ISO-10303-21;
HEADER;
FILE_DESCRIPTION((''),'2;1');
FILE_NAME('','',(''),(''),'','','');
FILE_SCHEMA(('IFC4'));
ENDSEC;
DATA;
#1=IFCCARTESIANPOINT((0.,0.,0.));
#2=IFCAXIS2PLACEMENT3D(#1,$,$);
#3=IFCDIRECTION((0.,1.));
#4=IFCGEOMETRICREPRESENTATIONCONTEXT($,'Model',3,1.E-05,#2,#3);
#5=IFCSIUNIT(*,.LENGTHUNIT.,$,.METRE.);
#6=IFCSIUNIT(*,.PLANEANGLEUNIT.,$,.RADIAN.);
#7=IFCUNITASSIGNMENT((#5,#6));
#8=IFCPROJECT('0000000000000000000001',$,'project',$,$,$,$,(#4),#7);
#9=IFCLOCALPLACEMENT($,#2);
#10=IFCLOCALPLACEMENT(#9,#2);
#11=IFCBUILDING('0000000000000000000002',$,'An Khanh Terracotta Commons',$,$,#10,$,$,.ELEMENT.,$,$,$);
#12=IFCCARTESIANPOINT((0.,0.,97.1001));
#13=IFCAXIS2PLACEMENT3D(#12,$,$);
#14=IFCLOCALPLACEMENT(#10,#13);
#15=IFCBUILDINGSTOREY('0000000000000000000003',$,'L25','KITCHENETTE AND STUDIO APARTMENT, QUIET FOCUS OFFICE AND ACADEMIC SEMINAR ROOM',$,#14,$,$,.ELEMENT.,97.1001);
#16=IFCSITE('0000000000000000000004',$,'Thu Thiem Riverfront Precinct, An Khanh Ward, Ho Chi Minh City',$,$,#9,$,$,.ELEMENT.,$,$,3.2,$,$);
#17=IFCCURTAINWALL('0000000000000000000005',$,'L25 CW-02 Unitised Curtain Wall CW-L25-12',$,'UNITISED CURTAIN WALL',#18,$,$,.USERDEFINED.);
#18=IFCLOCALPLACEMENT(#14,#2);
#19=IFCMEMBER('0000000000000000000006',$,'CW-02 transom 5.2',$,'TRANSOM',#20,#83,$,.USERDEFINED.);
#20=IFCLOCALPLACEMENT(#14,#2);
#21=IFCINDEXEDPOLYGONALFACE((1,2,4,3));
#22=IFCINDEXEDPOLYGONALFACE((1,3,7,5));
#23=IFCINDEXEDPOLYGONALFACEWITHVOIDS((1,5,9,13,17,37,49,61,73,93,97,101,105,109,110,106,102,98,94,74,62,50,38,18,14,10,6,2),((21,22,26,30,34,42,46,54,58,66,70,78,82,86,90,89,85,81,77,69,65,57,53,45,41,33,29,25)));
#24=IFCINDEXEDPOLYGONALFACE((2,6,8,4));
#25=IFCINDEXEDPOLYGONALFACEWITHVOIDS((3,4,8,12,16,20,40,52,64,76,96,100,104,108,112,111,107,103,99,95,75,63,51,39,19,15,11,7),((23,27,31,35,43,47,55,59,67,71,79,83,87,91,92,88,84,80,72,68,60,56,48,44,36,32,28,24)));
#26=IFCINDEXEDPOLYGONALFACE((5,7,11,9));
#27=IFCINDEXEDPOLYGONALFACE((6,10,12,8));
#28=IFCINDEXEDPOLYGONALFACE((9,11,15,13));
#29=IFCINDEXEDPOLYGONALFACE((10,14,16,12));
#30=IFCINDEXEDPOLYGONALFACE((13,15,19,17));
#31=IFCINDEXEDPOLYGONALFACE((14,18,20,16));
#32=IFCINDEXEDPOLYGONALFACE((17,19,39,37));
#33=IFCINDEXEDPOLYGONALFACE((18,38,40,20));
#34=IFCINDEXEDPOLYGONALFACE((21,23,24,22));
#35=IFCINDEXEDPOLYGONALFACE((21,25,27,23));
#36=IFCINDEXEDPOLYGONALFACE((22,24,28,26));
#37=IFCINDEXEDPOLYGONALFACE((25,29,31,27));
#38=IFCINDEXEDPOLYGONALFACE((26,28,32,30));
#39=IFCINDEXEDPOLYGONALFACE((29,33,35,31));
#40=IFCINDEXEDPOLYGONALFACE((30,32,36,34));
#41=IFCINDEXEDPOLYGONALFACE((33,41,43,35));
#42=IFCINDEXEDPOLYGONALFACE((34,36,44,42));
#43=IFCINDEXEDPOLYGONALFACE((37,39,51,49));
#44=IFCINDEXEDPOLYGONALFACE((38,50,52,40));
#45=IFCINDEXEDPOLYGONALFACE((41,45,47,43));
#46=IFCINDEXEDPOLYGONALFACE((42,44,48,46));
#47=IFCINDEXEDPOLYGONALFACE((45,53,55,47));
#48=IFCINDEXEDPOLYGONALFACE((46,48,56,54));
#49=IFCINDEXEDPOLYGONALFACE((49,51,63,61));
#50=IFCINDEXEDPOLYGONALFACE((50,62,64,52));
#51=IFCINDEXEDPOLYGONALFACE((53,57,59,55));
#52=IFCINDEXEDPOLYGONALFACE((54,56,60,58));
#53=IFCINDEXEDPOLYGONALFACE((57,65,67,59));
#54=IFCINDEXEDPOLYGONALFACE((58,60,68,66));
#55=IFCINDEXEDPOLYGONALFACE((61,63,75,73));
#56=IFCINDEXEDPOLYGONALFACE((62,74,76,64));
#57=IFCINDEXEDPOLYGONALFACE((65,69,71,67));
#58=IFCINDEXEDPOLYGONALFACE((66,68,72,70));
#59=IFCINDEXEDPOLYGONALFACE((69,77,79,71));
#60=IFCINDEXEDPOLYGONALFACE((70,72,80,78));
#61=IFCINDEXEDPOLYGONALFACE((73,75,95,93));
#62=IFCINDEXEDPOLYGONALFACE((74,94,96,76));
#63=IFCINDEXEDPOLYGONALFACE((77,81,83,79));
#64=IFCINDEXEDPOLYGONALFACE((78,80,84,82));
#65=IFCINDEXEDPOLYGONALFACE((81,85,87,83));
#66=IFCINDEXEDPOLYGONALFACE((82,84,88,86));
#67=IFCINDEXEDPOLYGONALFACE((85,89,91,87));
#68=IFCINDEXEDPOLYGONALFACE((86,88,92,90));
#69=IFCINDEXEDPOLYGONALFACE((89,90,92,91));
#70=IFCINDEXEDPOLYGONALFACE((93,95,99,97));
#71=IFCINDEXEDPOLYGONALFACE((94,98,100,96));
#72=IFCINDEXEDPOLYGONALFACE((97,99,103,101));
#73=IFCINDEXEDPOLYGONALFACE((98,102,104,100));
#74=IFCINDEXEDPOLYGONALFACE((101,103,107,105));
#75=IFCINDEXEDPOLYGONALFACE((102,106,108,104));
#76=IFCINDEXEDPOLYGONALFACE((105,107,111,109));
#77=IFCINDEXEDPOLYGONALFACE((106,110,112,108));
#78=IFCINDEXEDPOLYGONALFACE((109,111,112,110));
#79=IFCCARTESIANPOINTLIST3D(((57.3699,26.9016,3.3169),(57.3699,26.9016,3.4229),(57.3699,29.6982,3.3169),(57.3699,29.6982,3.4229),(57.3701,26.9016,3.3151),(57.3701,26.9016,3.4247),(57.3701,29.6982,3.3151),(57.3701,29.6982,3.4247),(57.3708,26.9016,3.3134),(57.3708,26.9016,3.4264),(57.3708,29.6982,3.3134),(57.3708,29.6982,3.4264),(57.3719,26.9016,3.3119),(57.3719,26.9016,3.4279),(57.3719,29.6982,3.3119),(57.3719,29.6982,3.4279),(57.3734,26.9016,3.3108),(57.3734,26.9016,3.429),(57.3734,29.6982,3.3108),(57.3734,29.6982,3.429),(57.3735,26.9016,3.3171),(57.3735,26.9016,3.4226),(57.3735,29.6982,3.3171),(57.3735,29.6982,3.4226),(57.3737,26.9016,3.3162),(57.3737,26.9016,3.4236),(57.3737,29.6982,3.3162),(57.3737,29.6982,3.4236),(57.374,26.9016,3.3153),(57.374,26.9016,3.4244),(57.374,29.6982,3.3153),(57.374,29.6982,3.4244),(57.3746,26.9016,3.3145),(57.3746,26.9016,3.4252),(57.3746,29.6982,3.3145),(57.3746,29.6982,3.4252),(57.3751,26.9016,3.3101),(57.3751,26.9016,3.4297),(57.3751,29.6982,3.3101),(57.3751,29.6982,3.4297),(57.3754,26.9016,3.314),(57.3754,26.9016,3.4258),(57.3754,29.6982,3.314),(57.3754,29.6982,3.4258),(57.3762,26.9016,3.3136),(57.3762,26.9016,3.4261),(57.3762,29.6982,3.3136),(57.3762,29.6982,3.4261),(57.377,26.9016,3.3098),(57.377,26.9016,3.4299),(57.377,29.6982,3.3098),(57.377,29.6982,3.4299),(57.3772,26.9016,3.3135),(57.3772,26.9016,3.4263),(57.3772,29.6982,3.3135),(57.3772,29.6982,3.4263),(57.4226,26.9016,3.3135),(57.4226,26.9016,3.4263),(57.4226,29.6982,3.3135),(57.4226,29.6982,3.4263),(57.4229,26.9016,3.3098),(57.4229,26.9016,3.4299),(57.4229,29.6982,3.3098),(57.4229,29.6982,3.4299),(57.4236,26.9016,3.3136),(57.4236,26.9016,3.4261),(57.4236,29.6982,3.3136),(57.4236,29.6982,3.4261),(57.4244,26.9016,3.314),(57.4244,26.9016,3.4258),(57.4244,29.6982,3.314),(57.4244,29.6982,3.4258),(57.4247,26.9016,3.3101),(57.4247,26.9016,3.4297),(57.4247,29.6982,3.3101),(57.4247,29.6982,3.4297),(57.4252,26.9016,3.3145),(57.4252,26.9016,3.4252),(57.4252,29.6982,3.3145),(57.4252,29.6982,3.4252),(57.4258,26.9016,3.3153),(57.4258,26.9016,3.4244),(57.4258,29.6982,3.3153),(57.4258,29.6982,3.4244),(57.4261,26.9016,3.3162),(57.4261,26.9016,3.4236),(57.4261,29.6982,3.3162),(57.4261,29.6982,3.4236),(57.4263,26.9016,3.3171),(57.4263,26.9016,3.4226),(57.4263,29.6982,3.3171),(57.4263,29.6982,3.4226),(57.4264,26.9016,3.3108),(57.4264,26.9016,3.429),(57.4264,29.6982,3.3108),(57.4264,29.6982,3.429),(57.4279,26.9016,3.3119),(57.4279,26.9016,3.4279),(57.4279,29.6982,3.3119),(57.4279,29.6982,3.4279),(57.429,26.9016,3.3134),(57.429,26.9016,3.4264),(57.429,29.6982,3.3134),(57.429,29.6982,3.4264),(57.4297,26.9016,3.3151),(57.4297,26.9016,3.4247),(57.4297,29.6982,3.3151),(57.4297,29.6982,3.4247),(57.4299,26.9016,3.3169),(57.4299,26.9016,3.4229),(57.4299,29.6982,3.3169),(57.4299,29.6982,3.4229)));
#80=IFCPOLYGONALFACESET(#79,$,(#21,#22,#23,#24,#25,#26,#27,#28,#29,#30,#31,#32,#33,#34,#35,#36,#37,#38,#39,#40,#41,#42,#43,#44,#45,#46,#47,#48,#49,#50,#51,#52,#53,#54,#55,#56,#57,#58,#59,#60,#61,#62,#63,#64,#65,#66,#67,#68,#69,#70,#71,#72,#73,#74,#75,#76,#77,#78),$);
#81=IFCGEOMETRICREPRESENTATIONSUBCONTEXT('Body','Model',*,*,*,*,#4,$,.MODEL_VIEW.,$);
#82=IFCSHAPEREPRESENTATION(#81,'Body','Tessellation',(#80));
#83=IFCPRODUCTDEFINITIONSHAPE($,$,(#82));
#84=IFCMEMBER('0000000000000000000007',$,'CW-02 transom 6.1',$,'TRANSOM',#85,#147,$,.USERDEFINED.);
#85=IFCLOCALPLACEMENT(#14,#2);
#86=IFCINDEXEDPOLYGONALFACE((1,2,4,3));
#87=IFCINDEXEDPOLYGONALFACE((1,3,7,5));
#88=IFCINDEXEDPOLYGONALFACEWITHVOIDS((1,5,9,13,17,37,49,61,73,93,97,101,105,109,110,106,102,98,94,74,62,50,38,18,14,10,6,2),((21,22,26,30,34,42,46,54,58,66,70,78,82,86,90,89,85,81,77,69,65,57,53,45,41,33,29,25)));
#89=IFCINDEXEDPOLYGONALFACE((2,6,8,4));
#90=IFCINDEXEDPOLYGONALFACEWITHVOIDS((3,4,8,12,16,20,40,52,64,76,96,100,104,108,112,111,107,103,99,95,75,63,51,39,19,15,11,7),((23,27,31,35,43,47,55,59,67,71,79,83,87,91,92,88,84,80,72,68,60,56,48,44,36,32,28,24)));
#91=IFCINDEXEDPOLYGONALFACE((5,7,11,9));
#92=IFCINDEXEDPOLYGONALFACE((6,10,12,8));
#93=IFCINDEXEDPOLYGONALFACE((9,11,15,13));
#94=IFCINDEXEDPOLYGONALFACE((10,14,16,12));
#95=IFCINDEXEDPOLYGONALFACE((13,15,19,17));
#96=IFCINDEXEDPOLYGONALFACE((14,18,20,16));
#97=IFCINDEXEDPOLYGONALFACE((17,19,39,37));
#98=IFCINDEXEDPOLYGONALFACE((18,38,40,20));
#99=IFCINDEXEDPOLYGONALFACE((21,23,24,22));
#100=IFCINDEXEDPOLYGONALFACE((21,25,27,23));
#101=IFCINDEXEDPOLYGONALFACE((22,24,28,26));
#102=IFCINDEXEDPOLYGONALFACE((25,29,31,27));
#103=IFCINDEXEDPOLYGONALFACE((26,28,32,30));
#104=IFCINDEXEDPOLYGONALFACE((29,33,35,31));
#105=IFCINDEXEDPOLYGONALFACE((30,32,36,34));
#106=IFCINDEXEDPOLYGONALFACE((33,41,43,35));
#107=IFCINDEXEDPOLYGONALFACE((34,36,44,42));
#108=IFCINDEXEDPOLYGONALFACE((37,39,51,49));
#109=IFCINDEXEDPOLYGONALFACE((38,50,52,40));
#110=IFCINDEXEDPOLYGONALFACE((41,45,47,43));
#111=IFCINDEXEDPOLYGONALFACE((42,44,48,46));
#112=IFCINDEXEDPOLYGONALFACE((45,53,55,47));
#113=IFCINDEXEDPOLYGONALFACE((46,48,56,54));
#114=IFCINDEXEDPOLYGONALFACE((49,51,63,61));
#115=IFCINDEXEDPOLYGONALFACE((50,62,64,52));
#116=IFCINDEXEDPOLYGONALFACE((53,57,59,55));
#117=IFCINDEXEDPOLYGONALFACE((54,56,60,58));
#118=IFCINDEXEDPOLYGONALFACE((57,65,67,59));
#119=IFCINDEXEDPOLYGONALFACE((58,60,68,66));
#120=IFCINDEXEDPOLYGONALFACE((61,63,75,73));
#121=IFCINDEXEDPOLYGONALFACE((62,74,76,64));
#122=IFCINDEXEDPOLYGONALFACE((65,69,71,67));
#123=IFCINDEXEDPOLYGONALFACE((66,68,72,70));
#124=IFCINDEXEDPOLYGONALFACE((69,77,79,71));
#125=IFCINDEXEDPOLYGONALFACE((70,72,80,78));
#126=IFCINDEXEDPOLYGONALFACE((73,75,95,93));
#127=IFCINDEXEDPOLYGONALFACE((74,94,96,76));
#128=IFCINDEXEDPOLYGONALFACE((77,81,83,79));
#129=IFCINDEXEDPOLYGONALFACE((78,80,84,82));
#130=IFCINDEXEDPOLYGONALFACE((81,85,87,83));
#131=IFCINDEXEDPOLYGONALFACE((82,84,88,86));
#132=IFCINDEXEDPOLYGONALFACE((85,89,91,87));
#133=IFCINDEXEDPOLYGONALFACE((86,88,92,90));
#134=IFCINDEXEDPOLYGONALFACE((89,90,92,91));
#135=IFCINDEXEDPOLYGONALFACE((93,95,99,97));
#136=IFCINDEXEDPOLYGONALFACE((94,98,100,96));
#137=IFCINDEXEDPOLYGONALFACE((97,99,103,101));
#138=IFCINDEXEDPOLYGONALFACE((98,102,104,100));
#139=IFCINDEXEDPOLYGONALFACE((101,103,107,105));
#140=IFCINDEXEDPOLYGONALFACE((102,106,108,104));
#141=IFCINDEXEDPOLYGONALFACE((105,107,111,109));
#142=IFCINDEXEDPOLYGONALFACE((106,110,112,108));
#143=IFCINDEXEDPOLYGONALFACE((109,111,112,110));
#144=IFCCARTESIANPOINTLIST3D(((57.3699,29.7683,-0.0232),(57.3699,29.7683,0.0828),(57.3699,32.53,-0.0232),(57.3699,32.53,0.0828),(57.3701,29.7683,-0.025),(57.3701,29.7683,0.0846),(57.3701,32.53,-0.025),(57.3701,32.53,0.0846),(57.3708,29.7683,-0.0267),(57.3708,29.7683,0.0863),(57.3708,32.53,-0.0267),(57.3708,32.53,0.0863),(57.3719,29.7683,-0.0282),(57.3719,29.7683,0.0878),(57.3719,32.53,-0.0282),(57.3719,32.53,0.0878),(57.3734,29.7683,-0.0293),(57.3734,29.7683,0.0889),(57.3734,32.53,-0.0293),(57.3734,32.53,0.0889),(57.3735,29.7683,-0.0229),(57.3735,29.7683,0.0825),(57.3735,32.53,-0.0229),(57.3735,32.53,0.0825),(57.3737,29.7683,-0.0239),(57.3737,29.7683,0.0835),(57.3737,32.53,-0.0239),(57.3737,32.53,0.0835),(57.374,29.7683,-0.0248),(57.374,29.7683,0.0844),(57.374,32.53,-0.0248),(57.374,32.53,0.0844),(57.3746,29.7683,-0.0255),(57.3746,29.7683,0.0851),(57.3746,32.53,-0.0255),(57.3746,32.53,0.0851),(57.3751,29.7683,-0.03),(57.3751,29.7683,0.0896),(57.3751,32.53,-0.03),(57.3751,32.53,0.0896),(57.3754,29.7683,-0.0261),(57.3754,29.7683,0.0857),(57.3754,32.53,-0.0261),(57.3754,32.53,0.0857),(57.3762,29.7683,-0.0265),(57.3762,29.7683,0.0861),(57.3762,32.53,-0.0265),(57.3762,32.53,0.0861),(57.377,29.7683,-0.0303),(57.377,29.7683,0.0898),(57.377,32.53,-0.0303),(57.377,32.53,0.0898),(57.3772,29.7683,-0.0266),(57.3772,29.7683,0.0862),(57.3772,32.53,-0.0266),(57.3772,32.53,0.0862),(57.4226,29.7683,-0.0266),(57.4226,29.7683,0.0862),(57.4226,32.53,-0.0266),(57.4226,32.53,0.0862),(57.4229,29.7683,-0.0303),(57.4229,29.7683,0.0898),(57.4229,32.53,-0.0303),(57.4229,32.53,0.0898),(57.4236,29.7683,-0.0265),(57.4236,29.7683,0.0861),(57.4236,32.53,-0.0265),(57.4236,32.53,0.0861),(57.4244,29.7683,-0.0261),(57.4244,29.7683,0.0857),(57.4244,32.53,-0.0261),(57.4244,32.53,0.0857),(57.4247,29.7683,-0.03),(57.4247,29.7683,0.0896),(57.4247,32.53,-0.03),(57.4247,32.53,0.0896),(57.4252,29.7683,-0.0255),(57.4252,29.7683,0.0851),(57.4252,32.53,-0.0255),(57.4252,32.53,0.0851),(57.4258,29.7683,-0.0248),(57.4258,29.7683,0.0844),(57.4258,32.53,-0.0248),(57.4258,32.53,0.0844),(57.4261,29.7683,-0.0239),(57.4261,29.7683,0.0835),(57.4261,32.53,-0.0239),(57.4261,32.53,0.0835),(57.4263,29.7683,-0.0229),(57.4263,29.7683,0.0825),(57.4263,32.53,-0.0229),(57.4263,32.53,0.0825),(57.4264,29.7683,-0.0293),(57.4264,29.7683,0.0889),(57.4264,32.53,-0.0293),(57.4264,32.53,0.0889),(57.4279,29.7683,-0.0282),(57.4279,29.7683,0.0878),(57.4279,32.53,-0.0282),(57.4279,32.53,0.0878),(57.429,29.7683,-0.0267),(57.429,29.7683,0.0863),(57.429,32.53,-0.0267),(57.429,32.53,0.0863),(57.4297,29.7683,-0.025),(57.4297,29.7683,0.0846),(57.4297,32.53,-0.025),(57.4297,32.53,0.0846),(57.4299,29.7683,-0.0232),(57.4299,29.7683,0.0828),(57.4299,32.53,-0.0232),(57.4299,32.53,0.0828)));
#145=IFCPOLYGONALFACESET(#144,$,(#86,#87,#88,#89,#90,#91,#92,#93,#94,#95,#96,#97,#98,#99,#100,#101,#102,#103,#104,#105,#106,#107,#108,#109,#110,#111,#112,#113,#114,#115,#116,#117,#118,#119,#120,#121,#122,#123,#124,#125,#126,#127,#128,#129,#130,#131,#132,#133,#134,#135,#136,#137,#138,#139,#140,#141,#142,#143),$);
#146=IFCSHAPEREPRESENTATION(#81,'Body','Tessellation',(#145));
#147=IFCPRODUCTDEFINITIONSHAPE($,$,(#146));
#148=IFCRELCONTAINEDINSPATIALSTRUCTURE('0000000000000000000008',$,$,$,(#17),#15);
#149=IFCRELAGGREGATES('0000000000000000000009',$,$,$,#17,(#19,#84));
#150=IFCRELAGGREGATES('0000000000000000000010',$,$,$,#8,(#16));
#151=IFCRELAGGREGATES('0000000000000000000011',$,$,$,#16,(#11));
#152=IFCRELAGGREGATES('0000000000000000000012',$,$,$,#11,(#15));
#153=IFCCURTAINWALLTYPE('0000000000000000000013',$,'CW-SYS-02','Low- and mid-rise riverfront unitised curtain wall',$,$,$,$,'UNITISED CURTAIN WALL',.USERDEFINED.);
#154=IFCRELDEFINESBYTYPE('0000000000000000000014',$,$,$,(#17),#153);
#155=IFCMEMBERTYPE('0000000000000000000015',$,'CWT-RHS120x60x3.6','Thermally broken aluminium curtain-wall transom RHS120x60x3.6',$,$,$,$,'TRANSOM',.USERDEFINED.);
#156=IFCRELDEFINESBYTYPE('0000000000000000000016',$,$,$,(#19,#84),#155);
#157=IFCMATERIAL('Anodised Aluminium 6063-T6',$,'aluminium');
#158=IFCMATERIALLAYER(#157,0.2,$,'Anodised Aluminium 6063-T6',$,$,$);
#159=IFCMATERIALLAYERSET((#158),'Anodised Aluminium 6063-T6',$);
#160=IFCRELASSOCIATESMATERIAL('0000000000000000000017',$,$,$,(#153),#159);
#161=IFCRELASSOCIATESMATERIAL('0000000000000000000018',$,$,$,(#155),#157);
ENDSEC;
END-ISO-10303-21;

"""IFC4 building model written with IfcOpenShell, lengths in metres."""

from ifc_helpers import new_model, si_unit, direction, frame, origin, origin_2d, place, context, subcontext, project, spatial, hollow_rectangle, extrude, material, layer, layer_set, material_profile, profile_set, type_object, element, aggregate, save


model = new_model("IFC4")

# Units and contexts
model_context = context("Model", 3, precision=1e-05, world=origin(), true_north=direction((0.0, 1.0)))
body_context = subcontext(model_context, "Body", "Model", "MODEL_VIEW")
ifc_project = project(units=[si_unit("LENGTHUNIT", "METRE"), si_unit("PLANEANGLEUNIT", "RADIAN")], contexts=[model_context])

# Site, building, storey
site_placement = place(None, origin())
site = spatial("IfcSite", under=ifc_project, at=site_placement, Name="Thu Thiem Riverfront Precinct, An Khanh Ward, Ho Chi Minh City", CompositionType="ELEMENT", RefElevation=3.2)
building_placement = place(site_placement, origin())
building = spatial("IfcBuilding", under=site, at=building_placement, Name="An Khanh Terracotta Commons", CompositionType="ELEMENT")
storey_placement = place(building_placement, frame((0.0, 0.0, 97.1001)))
storey = spatial("IfcBuildingStorey", under=building, at=storey_placement, Name="L25", Description="KITCHENETTE AND STUDIO APARTMENT, QUIET FOCUS OFFICE AND ACADEMIC SEMINAR ROOM", CompositionType="ELEMENT", Elevation=97.1001)

# Curtain wall
ifc_material_1 = material(Name="Anodised Aluminium 6063-T6", Category="aluminium")
ifc_layer_1 = layer(ifc_material_1, 0.2, Name="Anodised Aluminium 6063-T6")
ifc_layer_set_1 = layer_set([ifc_layer_1], Name="Anodised Aluminium 6063-T6")
curtain_wall_type = type_object("IfcCurtainWallType", Name="CW-SYS-02", Description="Low- and mid-rise riverfront unitised curtain wall", ElementType="UNITISED CURTAIN WALL", PredefinedType="USERDEFINED", material=ifc_layer_set_1)
curtain_wall_1_placement = place(storey_placement, origin())
curtain_wall_1 = element("IfcCurtainWall", 1, at=curtain_wall_1_placement, inside=storey, type_object=curtain_wall_type, Name="L25 CW-02 Unitised Curtain Wall CW-L25-12", ObjectType="UNITISED CURTAIN WALL", PredefinedType="USERDEFINED")

# Members
ifc_material_profile_1 = material_profile(ifc_material_1, hollow_rectangle(XDim=0.0601, YDim=0.1201, WallThickness=0.0037, InnerFilletRadius=0.0037, OuterFilletRadius=0.0071, at=origin_2d()), Name="RHS120x60x3.6")
ifc_profile_set_1 = profile_set([ifc_material_profile_1], Name="Anodised Aluminium 6063-T6")
member_type_1 = type_object("IfcMemberType", Name="CWT-RHS120x60x3.6", Description="Thermally broken aluminium curtain-wall transom RHS120x60x3.6", ElementType="TRANSOM", PredefinedType="USERDEFINED", material=ifc_profile_set_1)
member_1_placement = place(storey_placement, frame((57.3999, 26.9016, 3.3699), z_axis=(0.0, 1.0, 0.0), x_axis=(-1.0, 0.0, 0.0)))
member_1 = element("IfcMember", 2, at=member_1_placement, type_object=member_type_1, Name="CW-02 transom 5.2", ObjectType="TRANSOM", PredefinedType="USERDEFINED", context=body_context, shape_type="SweptSolid", body=[
    extrude(hollow_rectangle(XDim=0.0601, YDim=0.1201, WallThickness=0.0037, InnerFilletRadius=0.0037, OuterFilletRadius=0.0071, at=origin_2d()), origin(), (0.0, 0.0, 1.0), 2.7966),
])
member_2_placement = place(storey_placement, frame((57.3999, 29.7683, 0.0298), z_axis=(0.0, 1.0, 0.0), x_axis=(-1.0, 0.0, 0.0)))
member_2 = element("IfcMember", 3, at=member_2_placement, type_object=member_type_1, Name="CW-02 transom 6.1", ObjectType="TRANSOM", PredefinedType="USERDEFINED", context=body_context, shape_type="SweptSolid", body=[
    extrude(hollow_rectangle(XDim=0.0601, YDim=0.1201, WallThickness=0.0037, InnerFilletRadius=0.0037, OuterFilletRadius=0.0071, at=origin_2d()), origin(), (0.0, 0.0, 1.0), 2.7617),
])

aggregate(curtain_wall_1, [member_1, member_2])

save(model, "model.ifc")
